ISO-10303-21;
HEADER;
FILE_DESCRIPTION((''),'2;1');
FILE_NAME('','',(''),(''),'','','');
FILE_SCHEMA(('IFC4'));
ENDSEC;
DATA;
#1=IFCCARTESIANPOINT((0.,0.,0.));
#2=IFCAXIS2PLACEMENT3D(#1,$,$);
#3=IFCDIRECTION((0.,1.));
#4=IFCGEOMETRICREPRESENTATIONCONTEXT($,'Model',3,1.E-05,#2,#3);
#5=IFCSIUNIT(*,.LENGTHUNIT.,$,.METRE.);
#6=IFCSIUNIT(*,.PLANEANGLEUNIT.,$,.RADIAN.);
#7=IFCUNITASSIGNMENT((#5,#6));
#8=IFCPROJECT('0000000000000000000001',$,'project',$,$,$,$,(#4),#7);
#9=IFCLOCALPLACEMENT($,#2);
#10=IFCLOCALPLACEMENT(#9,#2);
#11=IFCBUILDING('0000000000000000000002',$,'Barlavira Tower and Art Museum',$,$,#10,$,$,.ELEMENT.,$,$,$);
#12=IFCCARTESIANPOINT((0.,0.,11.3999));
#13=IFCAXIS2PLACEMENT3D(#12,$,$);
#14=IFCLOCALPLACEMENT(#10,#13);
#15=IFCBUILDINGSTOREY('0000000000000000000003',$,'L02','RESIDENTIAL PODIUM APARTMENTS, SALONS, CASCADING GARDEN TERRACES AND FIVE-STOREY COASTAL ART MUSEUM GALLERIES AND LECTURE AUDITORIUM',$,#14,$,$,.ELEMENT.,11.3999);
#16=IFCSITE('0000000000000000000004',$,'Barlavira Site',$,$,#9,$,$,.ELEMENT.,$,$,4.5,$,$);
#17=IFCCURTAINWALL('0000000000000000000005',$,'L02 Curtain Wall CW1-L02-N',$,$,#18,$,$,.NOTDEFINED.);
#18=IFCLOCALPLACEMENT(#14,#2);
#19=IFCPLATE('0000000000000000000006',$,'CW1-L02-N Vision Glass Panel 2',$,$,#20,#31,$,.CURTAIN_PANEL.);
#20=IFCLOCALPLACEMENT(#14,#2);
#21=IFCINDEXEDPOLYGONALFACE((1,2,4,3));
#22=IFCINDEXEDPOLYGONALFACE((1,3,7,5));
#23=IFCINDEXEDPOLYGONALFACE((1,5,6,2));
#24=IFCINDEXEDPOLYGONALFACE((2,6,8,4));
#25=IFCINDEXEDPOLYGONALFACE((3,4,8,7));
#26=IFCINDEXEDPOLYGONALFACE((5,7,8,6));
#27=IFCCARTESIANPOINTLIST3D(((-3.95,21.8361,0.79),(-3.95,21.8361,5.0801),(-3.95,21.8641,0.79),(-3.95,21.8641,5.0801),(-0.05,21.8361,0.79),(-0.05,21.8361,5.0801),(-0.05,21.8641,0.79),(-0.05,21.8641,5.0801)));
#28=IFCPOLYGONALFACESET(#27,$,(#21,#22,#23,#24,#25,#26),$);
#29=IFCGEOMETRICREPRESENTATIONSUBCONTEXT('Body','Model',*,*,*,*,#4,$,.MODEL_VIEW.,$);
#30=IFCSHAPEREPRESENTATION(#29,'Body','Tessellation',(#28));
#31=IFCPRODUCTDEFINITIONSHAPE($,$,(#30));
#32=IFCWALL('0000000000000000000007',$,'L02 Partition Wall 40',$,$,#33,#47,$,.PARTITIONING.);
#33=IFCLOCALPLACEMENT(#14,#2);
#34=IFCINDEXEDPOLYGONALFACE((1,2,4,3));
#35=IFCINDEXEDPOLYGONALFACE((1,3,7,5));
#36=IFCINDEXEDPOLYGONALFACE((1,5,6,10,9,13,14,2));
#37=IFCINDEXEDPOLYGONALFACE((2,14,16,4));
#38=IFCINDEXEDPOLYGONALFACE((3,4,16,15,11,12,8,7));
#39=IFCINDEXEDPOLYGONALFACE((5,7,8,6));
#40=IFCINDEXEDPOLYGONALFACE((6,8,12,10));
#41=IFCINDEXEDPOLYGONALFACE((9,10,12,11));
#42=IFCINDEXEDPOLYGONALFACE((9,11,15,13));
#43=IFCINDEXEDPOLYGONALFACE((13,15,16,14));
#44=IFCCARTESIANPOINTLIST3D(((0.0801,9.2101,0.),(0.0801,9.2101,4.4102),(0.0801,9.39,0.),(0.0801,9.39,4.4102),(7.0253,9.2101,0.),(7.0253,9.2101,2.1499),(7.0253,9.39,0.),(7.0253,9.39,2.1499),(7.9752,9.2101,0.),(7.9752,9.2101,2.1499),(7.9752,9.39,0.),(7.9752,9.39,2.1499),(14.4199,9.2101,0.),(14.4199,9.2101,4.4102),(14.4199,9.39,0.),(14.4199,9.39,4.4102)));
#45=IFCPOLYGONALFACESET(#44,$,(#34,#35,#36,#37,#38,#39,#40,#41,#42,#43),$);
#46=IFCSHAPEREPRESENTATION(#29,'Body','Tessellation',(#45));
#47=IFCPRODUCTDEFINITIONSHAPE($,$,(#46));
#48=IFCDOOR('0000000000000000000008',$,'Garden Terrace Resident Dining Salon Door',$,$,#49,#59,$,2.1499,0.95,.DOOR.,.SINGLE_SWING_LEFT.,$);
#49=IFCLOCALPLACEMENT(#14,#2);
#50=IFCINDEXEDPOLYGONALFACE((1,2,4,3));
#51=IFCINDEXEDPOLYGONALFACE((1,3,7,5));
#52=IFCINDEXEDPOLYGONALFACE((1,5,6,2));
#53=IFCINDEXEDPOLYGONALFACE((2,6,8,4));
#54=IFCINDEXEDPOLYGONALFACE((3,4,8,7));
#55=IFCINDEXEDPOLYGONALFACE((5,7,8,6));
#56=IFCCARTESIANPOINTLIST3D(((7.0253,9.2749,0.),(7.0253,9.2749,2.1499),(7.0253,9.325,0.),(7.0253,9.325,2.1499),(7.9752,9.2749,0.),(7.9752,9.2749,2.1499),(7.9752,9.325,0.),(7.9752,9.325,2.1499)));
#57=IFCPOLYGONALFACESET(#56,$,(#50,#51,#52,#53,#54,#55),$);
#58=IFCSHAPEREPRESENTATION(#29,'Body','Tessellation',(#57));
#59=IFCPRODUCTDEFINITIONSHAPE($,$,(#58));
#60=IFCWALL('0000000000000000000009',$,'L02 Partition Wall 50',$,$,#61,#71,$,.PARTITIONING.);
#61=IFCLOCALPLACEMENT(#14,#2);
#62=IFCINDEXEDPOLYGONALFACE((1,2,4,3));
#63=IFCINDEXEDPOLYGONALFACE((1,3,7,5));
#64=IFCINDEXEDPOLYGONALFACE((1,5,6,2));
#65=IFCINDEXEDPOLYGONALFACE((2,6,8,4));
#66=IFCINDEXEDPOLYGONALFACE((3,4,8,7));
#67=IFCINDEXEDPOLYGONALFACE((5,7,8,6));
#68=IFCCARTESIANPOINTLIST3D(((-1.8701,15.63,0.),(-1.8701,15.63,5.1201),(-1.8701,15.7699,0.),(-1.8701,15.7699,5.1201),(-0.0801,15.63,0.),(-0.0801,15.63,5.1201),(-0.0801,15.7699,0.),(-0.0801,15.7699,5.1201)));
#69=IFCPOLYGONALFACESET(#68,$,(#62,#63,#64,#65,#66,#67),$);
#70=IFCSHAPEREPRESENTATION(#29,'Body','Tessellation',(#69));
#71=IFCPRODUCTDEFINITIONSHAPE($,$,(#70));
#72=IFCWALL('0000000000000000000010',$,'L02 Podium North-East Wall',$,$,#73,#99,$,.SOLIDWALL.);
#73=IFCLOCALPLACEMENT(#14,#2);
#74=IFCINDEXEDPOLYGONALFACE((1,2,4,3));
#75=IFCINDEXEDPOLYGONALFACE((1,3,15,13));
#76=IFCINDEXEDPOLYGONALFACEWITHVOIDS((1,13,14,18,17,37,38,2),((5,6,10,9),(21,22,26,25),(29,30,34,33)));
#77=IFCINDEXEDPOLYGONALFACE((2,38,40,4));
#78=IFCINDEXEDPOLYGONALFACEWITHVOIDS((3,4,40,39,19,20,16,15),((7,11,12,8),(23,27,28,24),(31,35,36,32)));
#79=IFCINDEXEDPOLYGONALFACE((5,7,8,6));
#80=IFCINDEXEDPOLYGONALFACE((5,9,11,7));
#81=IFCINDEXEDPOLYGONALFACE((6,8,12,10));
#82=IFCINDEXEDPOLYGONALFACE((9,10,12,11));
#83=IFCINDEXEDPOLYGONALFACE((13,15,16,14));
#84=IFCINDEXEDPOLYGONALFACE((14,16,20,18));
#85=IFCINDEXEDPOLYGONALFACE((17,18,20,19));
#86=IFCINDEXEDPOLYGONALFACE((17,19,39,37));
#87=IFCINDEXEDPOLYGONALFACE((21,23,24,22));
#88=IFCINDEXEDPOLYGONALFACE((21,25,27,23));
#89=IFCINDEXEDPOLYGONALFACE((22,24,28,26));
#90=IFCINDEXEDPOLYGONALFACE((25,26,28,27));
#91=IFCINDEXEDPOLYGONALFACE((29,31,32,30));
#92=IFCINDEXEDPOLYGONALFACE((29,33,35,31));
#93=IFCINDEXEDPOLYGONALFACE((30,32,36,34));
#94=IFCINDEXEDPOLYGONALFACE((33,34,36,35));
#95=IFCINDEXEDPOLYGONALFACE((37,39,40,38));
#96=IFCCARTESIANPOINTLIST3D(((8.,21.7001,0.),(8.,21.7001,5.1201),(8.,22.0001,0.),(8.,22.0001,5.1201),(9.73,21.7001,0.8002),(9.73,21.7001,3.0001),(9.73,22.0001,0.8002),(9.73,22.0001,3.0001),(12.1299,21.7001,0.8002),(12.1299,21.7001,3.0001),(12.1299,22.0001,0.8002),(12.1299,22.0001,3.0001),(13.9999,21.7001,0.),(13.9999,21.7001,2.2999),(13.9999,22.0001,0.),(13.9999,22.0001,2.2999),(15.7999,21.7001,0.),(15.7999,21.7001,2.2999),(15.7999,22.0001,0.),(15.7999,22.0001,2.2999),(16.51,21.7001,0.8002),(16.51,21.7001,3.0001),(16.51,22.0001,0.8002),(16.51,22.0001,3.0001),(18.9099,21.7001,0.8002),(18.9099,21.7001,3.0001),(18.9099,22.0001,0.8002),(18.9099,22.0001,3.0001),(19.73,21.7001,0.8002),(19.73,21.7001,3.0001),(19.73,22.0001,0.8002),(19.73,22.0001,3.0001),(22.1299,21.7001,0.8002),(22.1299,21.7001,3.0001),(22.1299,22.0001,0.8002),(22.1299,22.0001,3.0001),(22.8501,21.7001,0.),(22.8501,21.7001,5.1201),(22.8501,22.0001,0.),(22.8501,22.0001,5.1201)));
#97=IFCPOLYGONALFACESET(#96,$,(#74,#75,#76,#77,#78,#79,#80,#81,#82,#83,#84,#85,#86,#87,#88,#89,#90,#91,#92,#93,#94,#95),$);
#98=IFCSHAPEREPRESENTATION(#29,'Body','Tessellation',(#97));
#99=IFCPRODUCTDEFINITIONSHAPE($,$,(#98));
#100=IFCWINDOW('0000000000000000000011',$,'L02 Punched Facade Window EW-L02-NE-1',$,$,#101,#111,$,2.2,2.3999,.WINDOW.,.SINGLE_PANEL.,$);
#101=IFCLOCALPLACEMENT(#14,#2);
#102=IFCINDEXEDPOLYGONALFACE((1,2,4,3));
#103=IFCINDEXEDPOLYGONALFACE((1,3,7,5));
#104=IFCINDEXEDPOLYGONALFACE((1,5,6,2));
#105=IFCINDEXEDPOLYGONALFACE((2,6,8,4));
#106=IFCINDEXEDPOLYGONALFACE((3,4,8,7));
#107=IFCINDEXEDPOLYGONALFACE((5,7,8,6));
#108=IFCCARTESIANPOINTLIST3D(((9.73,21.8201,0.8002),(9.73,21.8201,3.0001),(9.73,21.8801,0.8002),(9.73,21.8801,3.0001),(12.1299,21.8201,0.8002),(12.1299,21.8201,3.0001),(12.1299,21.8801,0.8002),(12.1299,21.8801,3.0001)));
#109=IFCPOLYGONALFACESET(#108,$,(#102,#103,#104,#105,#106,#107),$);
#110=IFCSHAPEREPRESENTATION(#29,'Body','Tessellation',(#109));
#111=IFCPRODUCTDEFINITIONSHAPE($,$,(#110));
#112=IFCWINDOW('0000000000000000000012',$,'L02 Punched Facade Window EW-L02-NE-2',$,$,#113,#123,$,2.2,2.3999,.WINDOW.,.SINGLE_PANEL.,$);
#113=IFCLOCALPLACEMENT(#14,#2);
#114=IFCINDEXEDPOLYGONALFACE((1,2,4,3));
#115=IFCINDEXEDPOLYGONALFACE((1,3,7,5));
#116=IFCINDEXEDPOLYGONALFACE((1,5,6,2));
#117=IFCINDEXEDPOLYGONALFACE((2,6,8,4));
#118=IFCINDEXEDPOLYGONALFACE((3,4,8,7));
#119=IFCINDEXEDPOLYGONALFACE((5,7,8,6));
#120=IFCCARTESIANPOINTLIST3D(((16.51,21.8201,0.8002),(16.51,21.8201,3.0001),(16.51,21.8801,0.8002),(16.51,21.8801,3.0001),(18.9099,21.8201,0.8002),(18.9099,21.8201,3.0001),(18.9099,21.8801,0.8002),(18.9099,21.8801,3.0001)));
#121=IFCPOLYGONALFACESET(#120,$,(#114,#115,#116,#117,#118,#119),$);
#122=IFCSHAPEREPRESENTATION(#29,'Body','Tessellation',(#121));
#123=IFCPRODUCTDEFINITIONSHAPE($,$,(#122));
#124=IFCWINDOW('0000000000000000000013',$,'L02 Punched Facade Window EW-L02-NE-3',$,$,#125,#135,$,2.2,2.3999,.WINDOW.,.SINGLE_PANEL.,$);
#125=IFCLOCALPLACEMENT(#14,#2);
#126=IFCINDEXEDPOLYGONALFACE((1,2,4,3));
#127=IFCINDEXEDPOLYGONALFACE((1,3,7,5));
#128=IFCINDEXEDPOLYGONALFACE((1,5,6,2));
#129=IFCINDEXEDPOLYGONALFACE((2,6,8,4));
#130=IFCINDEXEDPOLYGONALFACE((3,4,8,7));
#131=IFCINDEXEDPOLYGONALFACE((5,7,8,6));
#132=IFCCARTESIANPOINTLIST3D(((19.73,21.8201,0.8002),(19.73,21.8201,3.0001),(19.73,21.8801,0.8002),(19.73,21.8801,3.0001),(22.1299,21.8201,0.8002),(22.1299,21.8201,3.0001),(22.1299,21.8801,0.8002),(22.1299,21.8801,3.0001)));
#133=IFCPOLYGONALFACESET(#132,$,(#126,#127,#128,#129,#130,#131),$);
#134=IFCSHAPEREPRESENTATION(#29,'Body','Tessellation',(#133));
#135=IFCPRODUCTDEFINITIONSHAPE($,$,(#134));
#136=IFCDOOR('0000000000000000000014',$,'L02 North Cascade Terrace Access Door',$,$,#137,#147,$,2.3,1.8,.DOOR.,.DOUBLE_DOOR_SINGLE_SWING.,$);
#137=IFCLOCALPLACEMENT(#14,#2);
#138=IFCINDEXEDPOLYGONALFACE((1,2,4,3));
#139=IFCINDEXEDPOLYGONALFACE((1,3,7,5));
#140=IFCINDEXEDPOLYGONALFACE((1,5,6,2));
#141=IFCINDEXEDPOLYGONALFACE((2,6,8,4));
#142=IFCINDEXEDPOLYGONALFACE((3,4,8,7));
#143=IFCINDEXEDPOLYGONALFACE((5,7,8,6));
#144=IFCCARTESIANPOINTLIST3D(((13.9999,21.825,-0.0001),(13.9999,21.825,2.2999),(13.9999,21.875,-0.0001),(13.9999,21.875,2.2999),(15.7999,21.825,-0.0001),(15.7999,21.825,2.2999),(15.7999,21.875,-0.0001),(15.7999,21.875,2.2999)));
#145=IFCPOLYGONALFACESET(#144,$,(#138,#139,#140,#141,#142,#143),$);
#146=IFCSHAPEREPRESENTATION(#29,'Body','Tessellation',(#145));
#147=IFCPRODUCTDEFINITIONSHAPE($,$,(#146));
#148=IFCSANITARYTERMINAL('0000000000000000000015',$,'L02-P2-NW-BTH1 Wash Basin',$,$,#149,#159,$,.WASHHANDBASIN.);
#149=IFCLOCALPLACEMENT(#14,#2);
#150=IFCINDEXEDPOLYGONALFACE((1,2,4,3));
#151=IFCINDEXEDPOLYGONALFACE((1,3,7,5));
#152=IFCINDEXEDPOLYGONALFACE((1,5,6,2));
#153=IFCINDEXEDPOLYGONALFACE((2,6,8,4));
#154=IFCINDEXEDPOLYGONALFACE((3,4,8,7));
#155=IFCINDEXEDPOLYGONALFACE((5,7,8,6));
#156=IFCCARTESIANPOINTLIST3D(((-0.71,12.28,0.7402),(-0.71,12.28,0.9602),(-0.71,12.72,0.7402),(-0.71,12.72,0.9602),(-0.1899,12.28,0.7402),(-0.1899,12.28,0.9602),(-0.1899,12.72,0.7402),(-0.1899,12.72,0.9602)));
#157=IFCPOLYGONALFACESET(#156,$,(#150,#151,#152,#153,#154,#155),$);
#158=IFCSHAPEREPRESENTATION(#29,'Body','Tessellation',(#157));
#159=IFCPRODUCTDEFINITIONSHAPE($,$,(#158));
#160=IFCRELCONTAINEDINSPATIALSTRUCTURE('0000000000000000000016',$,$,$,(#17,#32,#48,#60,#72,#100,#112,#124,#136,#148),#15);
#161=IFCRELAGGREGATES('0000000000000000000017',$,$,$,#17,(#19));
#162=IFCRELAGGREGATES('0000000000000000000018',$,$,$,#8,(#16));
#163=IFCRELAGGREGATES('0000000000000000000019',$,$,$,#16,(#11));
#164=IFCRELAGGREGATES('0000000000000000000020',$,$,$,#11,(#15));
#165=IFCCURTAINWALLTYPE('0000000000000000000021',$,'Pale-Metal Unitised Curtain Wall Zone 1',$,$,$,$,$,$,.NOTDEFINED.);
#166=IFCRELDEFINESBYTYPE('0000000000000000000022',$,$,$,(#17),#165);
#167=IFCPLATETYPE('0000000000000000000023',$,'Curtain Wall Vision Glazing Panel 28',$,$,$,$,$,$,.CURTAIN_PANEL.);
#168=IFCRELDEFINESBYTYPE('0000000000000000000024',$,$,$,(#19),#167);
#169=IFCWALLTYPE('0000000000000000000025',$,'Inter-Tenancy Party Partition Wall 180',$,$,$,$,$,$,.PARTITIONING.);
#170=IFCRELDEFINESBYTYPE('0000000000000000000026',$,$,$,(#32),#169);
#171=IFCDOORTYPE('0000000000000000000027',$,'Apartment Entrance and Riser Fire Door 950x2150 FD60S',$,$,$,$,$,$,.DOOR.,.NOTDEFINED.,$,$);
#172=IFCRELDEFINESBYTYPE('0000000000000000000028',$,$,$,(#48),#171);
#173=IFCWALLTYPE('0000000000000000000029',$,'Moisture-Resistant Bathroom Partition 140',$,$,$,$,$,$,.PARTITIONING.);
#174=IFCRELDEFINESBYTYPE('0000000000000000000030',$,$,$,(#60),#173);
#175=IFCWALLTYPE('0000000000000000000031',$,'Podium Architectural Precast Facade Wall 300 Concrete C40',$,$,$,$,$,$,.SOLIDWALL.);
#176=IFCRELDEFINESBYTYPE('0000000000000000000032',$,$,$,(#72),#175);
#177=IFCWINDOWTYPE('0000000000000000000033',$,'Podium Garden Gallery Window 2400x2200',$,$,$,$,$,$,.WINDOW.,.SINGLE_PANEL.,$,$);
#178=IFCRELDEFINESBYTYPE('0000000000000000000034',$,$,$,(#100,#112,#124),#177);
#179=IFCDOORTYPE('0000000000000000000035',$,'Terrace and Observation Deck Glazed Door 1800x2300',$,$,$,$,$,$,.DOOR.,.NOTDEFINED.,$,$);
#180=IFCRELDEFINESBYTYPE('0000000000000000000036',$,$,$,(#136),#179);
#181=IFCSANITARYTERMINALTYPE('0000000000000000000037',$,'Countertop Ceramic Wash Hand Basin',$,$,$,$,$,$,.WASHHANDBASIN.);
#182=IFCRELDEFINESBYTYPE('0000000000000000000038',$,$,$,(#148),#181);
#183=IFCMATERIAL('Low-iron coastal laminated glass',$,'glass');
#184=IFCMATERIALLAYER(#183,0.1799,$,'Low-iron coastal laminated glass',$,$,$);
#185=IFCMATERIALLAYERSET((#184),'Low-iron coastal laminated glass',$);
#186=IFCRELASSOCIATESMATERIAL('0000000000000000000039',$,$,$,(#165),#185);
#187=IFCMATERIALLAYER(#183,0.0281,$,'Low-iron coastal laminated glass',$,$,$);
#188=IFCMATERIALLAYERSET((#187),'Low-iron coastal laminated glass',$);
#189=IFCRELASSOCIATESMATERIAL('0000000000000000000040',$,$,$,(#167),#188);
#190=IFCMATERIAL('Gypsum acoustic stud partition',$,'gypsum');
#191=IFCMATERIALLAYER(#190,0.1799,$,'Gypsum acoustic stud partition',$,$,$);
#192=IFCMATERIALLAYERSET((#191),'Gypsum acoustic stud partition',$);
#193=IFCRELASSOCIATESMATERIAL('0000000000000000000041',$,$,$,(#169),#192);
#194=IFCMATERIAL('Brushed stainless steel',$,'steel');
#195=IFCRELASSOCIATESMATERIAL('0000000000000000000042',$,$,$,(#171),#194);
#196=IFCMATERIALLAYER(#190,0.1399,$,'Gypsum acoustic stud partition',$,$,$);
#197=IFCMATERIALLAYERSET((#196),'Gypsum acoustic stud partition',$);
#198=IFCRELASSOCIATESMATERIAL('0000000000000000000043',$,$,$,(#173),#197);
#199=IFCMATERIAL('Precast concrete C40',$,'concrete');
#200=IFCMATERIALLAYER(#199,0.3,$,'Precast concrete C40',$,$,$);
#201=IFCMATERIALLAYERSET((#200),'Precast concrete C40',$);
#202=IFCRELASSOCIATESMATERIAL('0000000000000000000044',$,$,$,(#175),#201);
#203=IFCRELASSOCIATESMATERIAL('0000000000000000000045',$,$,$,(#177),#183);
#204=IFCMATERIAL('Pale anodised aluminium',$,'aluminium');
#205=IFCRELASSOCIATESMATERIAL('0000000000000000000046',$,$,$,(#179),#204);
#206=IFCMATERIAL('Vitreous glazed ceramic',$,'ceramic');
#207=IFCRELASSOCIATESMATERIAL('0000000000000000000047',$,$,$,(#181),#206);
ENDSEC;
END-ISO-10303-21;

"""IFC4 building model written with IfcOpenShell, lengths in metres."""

from ifc_helpers import new_model, si_unit, direction, frame, frame_2d, origin, origin_2d, place, context, subcontext, project, spatial, rectangle, extrude, material, layer, layer_set, type_object, element, fill, aggregate, save


model = new_model("IFC4")

# Units and contexts
model_context = context("Model", 3, precision=1e-05, world=origin(), true_north=direction((0.0, 1.0)))
body_context = subcontext(model_context, "Body", "Model", "MODEL_VIEW")
ifc_project = project(units=[si_unit("LENGTHUNIT", "METRE"), si_unit("PLANEANGLEUNIT", "RADIAN")], contexts=[model_context])

# Site, building, storey
site_placement = place(None, origin())
site = spatial("IfcSite", under=ifc_project, at=site_placement, Name="Barlavira Site", CompositionType="ELEMENT", RefElevation=4.5)
building_placement = place(site_placement, origin())
building = spatial("IfcBuilding", under=site, at=building_placement, Name="Barlavira Tower and Art Museum", CompositionType="ELEMENT")
storey_placement = place(building_placement, frame((0.0, 0.0, 11.3999)))
storey = spatial("IfcBuildingStorey", under=building, at=storey_placement, Name="L02", Description="RESIDENTIAL PODIUM APARTMENTS, SALONS, CASCADING GARDEN TERRACES AND FIVE-STOREY COASTAL ART MUSEUM GALLERIES AND LECTURE AUDITORIUM", CompositionType="ELEMENT", Elevation=11.3999)

# Curtain wall
ifc_material_1 = material(Name="Low-iron coastal laminated glass", Category="glass")
ifc_layer_1 = layer(ifc_material_1, 0.1799, Name="Low-iron coastal laminated glass")
ifc_layer_set_1 = layer_set([ifc_layer_1], Name="Low-iron coastal laminated glass")
curtain_wall_type = type_object("IfcCurtainWallType", Name="Pale-Metal Unitised Curtain Wall Zone 1", PredefinedType="NOTDEFINED", material=ifc_layer_set_1)
curtain_wall_placement = place(storey_placement, origin())
curtain_wall = element("IfcCurtainWall", 1, at=curtain_wall_placement, inside=storey, type_object=curtain_wall_type, Name="L02 Curtain Wall CW1-L02-N", PredefinedType="NOTDEFINED")
ifc_material_2 = material(Name="Pale anodised aluminium", Category="aluminium")

# Plate
ifc_layer_2 = layer(ifc_material_1, 0.0281, Name="Low-iron coastal laminated glass")
ifc_layer_set_2 = layer_set([ifc_layer_2], Name="Low-iron coastal laminated glass")
plate_type_1 = type_object("IfcPlateType", Name="Curtain Wall Vision Glazing Panel 28", PredefinedType="CURTAIN_PANEL", material=ifc_layer_set_2)
plate_1_placement = place(storey_placement, frame((-2.0, 21.8501, 0.79), z_axis=(0.0, 0.0, 1.0), x_axis=(-1.0, 0.0, 0.0)))
plate_1 = element("IfcPlate", 2, at=plate_1_placement, type_object=plate_type_1, Name="CW1-L02-N Vision Glass Panel 2", PredefinedType="CURTAIN_PANEL", context=body_context, shape_type="SweptSolid", body=[
    extrude(rectangle(XDim=3.8999, YDim=0.0281, at=origin_2d()), origin(), (0.0, 0.0, 1.0), 4.29),
])
aggregate(curtain_wall, [plate_1])

# Wall, opening, door
ifc_material_3 = material(Name="Gypsum acoustic stud partition", Category="gypsum")
ifc_layer_3 = layer(ifc_material_3, 0.1799, Name="Gypsum acoustic stud partition")
ifc_layer_set_3 = layer_set([ifc_layer_3], Name="Gypsum acoustic stud partition")
wall_type_1 = type_object("IfcWallType", Name="Inter-Tenancy Party Partition Wall 180", PredefinedType="PARTITIONING", material=ifc_layer_set_3)
wall_1_placement = place(storey_placement, frame((0.0801, 9.3, 0.0), z_axis=(0.0, 0.0, 1.0), x_axis=(1.0, 0.0, 0.0)))
wall_1 = element("IfcWall", 3, at=wall_1_placement, inside=storey, type_object=wall_type_1, Name="L02 Partition Wall 40", PredefinedType="PARTITIONING", context=body_context, shape_type="SweptSolid", body=[
    extrude(rectangle(XDim=14.3398, YDim=0.1799, at=frame_2d((7.1699, 0.0))), origin(), (0.0, 0.0, 1.0), 4.4102),
])
opening_1_placement = place(wall_1_placement, frame((6.9451, 0.0, 0.0)))
opening_1 = element("IfcOpeningElement", 4, at=opening_1_placement, cuts=wall_1, PredefinedType="OPENING", context=body_context, shape_type="SweptSolid", body=[
    extrude(rectangle(XDim=0.95, YDim=2.1499, at=frame_2d((0.4751, 1.075))), frame((0.0, 0.1001, 0.0), z_axis=(0.0, -1.0, 0.0), x_axis=(1.0, 0.0, 0.0)), (0.0, 0.0, 1.0), 0.2),
])
ifc_material_4 = material(Name="Brushed stainless steel", Category="steel")
door_type_1 = type_object("IfcDoorType", Name="Apartment Entrance and Riser Fire Door 950x2150 FD60S", OperationType="NOTDEFINED", PredefinedType="DOOR", material=ifc_material_4)
door_1_placement = place(opening_1_placement, origin())
door_1 = element("IfcDoor", 5, at=door_1_placement, inside=storey, type_object=door_type_1, Name="Garden Terrace Resident Dining Salon Door", OperationType="SINGLE_SWING_LEFT", OverallHeight=2.1499, OverallWidth=0.95, PredefinedType="DOOR", context=body_context, shape_type="SweptSolid", body=[
    extrude(rectangle(XDim=0.95, YDim=2.1499, at=frame_2d((0.4751, 1.075))), frame((0.0, 0.0249, 0.0), z_axis=(0.0, -1.0, 0.0), x_axis=(1.0, 0.0, 0.0)), (0.0, 0.0, 1.0), 0.05),
])
fill(opening_1, door_1)

# Wall
ifc_layer_4 = layer(ifc_material_3, 0.1399, Name="Gypsum acoustic stud partition")
ifc_layer_set_4 = layer_set([ifc_layer_4], Name="Gypsum acoustic stud partition")
wall_type_2 = type_object("IfcWallType", Name="Moisture-Resistant Bathroom Partition 140", PredefinedType="PARTITIONING", material=ifc_layer_set_4)
wall_2_placement = place(storey_placement, frame((-1.8701, 15.7, 0.0), z_axis=(0.0, 0.0, 1.0), x_axis=(1.0, 0.0, 0.0)))
element("IfcWall", 6, at=wall_2_placement, inside=storey, type_object=wall_type_2, Name="L02 Partition Wall 50", PredefinedType="PARTITIONING", context=body_context, shape_type="SweptSolid", body=[
    extrude(rectangle(XDim=1.79, YDim=0.1399, at=frame_2d((0.895, 0.0))), origin(), (0.0, 0.0, 1.0), 5.1201),
])

# Wall, openings, windows, door
ifc_material_5 = material(Name="Precast concrete C40", Category="concrete")
ifc_layer_5 = layer(ifc_material_5, 0.3, Name="Precast concrete C40")
ifc_layer_set_5 = layer_set([ifc_layer_5], Name="Precast concrete C40")
wall_type_3 = type_object("IfcWallType", Name="Podium Architectural Precast Facade Wall 300 Concrete C40", PredefinedType="SOLIDWALL", material=ifc_layer_set_5)
wall_3_placement = place(storey_placement, frame((8.0, 21.8501, 0.0), z_axis=(0.0, 0.0, 1.0), x_axis=(1.0, 0.0, 0.0)))
wall_3 = element("IfcWall", 7, at=wall_3_placement, inside=storey, type_object=wall_type_3, Name="L02 Podium North-East Wall", PredefinedType="SOLIDWALL", context=body_context, shape_type="SweptSolid", body=[
    extrude(rectangle(XDim=14.8501, YDim=0.3, at=frame_2d((7.425, 0.0))), origin(), (0.0, 0.0, 1.0), 5.1201),
])
opening_2_placement = place(wall_3_placement, frame((6.0, 0.0, 0.0)))
opening_2 = element("IfcOpeningElement", 8, at=opening_2_placement, cuts=wall_3, PredefinedType="OPENING", context=body_context, shape_type="SweptSolid", body=[
    extrude(rectangle(XDim=1.8, YDim=2.3, at=frame_2d((0.8999, 1.1499))), frame((0.0, 0.1602, 0.0), z_axis=(0.0, -1.0, 0.0), x_axis=(1.0, 0.0, 0.0)), (0.0, 0.0, 1.0), 0.3201),
])
opening_3_placement = place(wall_3_placement, frame((1.73, 0.0, 0.8)))
opening_3 = element("IfcOpeningElement", 9, at=opening_3_placement, cuts=wall_3, PredefinedType="OPENING", context=body_context, shape_type="SweptSolid", body=[
    extrude(rectangle(XDim=2.3999, YDim=2.2, at=frame_2d((1.2, 1.1001))), frame((0.0, 0.1602, 0.0), z_axis=(0.0, -1.0, 0.0), x_axis=(1.0, 0.0, 0.0)), (0.0, 0.0, 1.0), 0.3201),
])
opening_4_placement = place(wall_3_placement, frame((8.51, 0.0, 0.8)))
opening_4 = element("IfcOpeningElement", 10, at=opening_4_placement, cuts=wall_3, PredefinedType="OPENING", context=body_context, shape_type="SweptSolid", body=[
    extrude(rectangle(XDim=2.3999, YDim=2.2, at=frame_2d((1.2, 1.1001))), frame((0.0, 0.1602, 0.0), z_axis=(0.0, -1.0, 0.0), x_axis=(1.0, 0.0, 0.0)), (0.0, 0.0, 1.0), 0.3201),
])
opening_5_placement = place(wall_3_placement, frame((11.73, 0.0, 0.8)))
opening_5 = element("IfcOpeningElement", 11, at=opening_5_placement, cuts=wall_3, PredefinedType="OPENING", context=body_context, shape_type="SweptSolid", body=[
    extrude(rectangle(XDim=2.3999, YDim=2.2, at=frame_2d((1.2, 1.1001))), frame((0.0, 0.1602, 0.0), z_axis=(0.0, -1.0, 0.0), x_axis=(1.0, 0.0, 0.0)), (0.0, 0.0, 1.0), 0.3201),
])
window_type = type_object("IfcWindowType", Name="Podium Garden Gallery Window 2400x2200", PartitioningType="SINGLE_PANEL", PredefinedType="WINDOW", material=ifc_material_1)
window_1_placement = place(opening_3_placement, origin())
window_1 = element("IfcWindow", 12, at=window_1_placement, inside=storey, type_object=window_type, Name="L02 Punched Facade Window EW-L02-NE-1", OverallHeight=2.2, OverallWidth=2.3999, PartitioningType="SINGLE_PANEL", PredefinedType="WINDOW", context=body_context, shape_type="SweptSolid", body=[
    extrude(rectangle(XDim=2.3999, YDim=2.2, at=frame_2d((1.2, 1.1001))), frame((0.0, 0.03, 0.0), z_axis=(0.0, -1.0, 0.0), x_axis=(1.0, 0.0, 0.0)), (0.0, 0.0, 1.0), 0.0601),
])
fill(opening_3, window_1)
window_2_placement = place(opening_4_placement, origin())
window_2 = element("IfcWindow", 13, at=window_2_placement, inside=storey, type_object=window_type, Name="L02 Punched Facade Window EW-L02-NE-2", OverallHeight=2.2, OverallWidth=2.3999, PartitioningType="SINGLE_PANEL", PredefinedType="WINDOW", context=body_context, shape_type="SweptSolid", body=[
    extrude(rectangle(XDim=2.3999, YDim=2.2, at=frame_2d((1.2, 1.1001))), frame((0.0, 0.03, 0.0), z_axis=(0.0, -1.0, 0.0), x_axis=(1.0, 0.0, 0.0)), (0.0, 0.0, 1.0), 0.0601),
])
fill(opening_4, window_2)
window_3_placement = place(opening_5_placement, origin())
window_3 = element("IfcWindow", 14, at=window_3_placement, inside=storey, type_object=window_type, Name="L02 Punched Facade Window EW-L02-NE-3", OverallHeight=2.2, OverallWidth=2.3999, PartitioningType="SINGLE_PANEL", PredefinedType="WINDOW", context=body_context, shape_type="SweptSolid", body=[
    extrude(rectangle(XDim=2.3999, YDim=2.2, at=frame_2d((1.2, 1.1001))), frame((0.0, 0.03, 0.0), z_axis=(0.0, -1.0, 0.0), x_axis=(1.0, 0.0, 0.0)), (0.0, 0.0, 1.0), 0.0601),
])
fill(opening_5, window_3)
door_type_2 = type_object("IfcDoorType", Name="Terrace and Observation Deck Glazed Door 1800x2300", OperationType="NOTDEFINED", PredefinedType="DOOR", material=ifc_material_2)
door_2_placement = place(opening_2_placement, origin())
door_2 = element("IfcDoor", 15, at=door_2_placement, inside=storey, type_object=door_type_2, Name="L02 North Cascade Terrace Access Door", OperationType="DOUBLE_DOOR_SINGLE_SWING", OverallHeight=2.3, OverallWidth=1.8, PredefinedType="DOOR", context=body_context, shape_type="SweptSolid", body=[
    extrude(rectangle(XDim=1.8, YDim=2.3, at=frame_2d((0.8999, 1.1499))), frame((0.0, 0.0249, 0.0), z_axis=(0.0, -1.0, 0.0), x_axis=(1.0, 0.0, 0.0)), (0.0, 0.0, 1.0), 0.05),
])
fill(opening_2, door_2)

# Sanitary terminal
ifc_material_6 = material(Name="Vitreous glazed ceramic", Category="ceramic")
sanitary_terminal_type_1 = type_object("IfcSanitaryTerminalType", Name="Countertop Ceramic Wash Hand Basin", PredefinedType="WASHHANDBASIN", material=ifc_material_6)
sanitary_terminal_1_placement = place(storey_placement, frame((-0.45, 12.5, 0.7402), z_axis=(0.0, 0.0, 1.0), x_axis=(1.0, 0.0, 0.0)))
element("IfcSanitaryTerminal", 16, at=sanitary_terminal_1_placement, inside=storey, type_object=sanitary_terminal_type_1, Name="L02-P2-NW-BTH1 Wash Basin", PredefinedType="WASHHANDBASIN", context=body_context, shape_type="SweptSolid", body=[
    extrude(rectangle(XDim=0.52, YDim=0.4399, at=origin_2d()), origin(), (0.0, 0.0, 1.0), 0.22),
])

save(model, "model.ifc")
